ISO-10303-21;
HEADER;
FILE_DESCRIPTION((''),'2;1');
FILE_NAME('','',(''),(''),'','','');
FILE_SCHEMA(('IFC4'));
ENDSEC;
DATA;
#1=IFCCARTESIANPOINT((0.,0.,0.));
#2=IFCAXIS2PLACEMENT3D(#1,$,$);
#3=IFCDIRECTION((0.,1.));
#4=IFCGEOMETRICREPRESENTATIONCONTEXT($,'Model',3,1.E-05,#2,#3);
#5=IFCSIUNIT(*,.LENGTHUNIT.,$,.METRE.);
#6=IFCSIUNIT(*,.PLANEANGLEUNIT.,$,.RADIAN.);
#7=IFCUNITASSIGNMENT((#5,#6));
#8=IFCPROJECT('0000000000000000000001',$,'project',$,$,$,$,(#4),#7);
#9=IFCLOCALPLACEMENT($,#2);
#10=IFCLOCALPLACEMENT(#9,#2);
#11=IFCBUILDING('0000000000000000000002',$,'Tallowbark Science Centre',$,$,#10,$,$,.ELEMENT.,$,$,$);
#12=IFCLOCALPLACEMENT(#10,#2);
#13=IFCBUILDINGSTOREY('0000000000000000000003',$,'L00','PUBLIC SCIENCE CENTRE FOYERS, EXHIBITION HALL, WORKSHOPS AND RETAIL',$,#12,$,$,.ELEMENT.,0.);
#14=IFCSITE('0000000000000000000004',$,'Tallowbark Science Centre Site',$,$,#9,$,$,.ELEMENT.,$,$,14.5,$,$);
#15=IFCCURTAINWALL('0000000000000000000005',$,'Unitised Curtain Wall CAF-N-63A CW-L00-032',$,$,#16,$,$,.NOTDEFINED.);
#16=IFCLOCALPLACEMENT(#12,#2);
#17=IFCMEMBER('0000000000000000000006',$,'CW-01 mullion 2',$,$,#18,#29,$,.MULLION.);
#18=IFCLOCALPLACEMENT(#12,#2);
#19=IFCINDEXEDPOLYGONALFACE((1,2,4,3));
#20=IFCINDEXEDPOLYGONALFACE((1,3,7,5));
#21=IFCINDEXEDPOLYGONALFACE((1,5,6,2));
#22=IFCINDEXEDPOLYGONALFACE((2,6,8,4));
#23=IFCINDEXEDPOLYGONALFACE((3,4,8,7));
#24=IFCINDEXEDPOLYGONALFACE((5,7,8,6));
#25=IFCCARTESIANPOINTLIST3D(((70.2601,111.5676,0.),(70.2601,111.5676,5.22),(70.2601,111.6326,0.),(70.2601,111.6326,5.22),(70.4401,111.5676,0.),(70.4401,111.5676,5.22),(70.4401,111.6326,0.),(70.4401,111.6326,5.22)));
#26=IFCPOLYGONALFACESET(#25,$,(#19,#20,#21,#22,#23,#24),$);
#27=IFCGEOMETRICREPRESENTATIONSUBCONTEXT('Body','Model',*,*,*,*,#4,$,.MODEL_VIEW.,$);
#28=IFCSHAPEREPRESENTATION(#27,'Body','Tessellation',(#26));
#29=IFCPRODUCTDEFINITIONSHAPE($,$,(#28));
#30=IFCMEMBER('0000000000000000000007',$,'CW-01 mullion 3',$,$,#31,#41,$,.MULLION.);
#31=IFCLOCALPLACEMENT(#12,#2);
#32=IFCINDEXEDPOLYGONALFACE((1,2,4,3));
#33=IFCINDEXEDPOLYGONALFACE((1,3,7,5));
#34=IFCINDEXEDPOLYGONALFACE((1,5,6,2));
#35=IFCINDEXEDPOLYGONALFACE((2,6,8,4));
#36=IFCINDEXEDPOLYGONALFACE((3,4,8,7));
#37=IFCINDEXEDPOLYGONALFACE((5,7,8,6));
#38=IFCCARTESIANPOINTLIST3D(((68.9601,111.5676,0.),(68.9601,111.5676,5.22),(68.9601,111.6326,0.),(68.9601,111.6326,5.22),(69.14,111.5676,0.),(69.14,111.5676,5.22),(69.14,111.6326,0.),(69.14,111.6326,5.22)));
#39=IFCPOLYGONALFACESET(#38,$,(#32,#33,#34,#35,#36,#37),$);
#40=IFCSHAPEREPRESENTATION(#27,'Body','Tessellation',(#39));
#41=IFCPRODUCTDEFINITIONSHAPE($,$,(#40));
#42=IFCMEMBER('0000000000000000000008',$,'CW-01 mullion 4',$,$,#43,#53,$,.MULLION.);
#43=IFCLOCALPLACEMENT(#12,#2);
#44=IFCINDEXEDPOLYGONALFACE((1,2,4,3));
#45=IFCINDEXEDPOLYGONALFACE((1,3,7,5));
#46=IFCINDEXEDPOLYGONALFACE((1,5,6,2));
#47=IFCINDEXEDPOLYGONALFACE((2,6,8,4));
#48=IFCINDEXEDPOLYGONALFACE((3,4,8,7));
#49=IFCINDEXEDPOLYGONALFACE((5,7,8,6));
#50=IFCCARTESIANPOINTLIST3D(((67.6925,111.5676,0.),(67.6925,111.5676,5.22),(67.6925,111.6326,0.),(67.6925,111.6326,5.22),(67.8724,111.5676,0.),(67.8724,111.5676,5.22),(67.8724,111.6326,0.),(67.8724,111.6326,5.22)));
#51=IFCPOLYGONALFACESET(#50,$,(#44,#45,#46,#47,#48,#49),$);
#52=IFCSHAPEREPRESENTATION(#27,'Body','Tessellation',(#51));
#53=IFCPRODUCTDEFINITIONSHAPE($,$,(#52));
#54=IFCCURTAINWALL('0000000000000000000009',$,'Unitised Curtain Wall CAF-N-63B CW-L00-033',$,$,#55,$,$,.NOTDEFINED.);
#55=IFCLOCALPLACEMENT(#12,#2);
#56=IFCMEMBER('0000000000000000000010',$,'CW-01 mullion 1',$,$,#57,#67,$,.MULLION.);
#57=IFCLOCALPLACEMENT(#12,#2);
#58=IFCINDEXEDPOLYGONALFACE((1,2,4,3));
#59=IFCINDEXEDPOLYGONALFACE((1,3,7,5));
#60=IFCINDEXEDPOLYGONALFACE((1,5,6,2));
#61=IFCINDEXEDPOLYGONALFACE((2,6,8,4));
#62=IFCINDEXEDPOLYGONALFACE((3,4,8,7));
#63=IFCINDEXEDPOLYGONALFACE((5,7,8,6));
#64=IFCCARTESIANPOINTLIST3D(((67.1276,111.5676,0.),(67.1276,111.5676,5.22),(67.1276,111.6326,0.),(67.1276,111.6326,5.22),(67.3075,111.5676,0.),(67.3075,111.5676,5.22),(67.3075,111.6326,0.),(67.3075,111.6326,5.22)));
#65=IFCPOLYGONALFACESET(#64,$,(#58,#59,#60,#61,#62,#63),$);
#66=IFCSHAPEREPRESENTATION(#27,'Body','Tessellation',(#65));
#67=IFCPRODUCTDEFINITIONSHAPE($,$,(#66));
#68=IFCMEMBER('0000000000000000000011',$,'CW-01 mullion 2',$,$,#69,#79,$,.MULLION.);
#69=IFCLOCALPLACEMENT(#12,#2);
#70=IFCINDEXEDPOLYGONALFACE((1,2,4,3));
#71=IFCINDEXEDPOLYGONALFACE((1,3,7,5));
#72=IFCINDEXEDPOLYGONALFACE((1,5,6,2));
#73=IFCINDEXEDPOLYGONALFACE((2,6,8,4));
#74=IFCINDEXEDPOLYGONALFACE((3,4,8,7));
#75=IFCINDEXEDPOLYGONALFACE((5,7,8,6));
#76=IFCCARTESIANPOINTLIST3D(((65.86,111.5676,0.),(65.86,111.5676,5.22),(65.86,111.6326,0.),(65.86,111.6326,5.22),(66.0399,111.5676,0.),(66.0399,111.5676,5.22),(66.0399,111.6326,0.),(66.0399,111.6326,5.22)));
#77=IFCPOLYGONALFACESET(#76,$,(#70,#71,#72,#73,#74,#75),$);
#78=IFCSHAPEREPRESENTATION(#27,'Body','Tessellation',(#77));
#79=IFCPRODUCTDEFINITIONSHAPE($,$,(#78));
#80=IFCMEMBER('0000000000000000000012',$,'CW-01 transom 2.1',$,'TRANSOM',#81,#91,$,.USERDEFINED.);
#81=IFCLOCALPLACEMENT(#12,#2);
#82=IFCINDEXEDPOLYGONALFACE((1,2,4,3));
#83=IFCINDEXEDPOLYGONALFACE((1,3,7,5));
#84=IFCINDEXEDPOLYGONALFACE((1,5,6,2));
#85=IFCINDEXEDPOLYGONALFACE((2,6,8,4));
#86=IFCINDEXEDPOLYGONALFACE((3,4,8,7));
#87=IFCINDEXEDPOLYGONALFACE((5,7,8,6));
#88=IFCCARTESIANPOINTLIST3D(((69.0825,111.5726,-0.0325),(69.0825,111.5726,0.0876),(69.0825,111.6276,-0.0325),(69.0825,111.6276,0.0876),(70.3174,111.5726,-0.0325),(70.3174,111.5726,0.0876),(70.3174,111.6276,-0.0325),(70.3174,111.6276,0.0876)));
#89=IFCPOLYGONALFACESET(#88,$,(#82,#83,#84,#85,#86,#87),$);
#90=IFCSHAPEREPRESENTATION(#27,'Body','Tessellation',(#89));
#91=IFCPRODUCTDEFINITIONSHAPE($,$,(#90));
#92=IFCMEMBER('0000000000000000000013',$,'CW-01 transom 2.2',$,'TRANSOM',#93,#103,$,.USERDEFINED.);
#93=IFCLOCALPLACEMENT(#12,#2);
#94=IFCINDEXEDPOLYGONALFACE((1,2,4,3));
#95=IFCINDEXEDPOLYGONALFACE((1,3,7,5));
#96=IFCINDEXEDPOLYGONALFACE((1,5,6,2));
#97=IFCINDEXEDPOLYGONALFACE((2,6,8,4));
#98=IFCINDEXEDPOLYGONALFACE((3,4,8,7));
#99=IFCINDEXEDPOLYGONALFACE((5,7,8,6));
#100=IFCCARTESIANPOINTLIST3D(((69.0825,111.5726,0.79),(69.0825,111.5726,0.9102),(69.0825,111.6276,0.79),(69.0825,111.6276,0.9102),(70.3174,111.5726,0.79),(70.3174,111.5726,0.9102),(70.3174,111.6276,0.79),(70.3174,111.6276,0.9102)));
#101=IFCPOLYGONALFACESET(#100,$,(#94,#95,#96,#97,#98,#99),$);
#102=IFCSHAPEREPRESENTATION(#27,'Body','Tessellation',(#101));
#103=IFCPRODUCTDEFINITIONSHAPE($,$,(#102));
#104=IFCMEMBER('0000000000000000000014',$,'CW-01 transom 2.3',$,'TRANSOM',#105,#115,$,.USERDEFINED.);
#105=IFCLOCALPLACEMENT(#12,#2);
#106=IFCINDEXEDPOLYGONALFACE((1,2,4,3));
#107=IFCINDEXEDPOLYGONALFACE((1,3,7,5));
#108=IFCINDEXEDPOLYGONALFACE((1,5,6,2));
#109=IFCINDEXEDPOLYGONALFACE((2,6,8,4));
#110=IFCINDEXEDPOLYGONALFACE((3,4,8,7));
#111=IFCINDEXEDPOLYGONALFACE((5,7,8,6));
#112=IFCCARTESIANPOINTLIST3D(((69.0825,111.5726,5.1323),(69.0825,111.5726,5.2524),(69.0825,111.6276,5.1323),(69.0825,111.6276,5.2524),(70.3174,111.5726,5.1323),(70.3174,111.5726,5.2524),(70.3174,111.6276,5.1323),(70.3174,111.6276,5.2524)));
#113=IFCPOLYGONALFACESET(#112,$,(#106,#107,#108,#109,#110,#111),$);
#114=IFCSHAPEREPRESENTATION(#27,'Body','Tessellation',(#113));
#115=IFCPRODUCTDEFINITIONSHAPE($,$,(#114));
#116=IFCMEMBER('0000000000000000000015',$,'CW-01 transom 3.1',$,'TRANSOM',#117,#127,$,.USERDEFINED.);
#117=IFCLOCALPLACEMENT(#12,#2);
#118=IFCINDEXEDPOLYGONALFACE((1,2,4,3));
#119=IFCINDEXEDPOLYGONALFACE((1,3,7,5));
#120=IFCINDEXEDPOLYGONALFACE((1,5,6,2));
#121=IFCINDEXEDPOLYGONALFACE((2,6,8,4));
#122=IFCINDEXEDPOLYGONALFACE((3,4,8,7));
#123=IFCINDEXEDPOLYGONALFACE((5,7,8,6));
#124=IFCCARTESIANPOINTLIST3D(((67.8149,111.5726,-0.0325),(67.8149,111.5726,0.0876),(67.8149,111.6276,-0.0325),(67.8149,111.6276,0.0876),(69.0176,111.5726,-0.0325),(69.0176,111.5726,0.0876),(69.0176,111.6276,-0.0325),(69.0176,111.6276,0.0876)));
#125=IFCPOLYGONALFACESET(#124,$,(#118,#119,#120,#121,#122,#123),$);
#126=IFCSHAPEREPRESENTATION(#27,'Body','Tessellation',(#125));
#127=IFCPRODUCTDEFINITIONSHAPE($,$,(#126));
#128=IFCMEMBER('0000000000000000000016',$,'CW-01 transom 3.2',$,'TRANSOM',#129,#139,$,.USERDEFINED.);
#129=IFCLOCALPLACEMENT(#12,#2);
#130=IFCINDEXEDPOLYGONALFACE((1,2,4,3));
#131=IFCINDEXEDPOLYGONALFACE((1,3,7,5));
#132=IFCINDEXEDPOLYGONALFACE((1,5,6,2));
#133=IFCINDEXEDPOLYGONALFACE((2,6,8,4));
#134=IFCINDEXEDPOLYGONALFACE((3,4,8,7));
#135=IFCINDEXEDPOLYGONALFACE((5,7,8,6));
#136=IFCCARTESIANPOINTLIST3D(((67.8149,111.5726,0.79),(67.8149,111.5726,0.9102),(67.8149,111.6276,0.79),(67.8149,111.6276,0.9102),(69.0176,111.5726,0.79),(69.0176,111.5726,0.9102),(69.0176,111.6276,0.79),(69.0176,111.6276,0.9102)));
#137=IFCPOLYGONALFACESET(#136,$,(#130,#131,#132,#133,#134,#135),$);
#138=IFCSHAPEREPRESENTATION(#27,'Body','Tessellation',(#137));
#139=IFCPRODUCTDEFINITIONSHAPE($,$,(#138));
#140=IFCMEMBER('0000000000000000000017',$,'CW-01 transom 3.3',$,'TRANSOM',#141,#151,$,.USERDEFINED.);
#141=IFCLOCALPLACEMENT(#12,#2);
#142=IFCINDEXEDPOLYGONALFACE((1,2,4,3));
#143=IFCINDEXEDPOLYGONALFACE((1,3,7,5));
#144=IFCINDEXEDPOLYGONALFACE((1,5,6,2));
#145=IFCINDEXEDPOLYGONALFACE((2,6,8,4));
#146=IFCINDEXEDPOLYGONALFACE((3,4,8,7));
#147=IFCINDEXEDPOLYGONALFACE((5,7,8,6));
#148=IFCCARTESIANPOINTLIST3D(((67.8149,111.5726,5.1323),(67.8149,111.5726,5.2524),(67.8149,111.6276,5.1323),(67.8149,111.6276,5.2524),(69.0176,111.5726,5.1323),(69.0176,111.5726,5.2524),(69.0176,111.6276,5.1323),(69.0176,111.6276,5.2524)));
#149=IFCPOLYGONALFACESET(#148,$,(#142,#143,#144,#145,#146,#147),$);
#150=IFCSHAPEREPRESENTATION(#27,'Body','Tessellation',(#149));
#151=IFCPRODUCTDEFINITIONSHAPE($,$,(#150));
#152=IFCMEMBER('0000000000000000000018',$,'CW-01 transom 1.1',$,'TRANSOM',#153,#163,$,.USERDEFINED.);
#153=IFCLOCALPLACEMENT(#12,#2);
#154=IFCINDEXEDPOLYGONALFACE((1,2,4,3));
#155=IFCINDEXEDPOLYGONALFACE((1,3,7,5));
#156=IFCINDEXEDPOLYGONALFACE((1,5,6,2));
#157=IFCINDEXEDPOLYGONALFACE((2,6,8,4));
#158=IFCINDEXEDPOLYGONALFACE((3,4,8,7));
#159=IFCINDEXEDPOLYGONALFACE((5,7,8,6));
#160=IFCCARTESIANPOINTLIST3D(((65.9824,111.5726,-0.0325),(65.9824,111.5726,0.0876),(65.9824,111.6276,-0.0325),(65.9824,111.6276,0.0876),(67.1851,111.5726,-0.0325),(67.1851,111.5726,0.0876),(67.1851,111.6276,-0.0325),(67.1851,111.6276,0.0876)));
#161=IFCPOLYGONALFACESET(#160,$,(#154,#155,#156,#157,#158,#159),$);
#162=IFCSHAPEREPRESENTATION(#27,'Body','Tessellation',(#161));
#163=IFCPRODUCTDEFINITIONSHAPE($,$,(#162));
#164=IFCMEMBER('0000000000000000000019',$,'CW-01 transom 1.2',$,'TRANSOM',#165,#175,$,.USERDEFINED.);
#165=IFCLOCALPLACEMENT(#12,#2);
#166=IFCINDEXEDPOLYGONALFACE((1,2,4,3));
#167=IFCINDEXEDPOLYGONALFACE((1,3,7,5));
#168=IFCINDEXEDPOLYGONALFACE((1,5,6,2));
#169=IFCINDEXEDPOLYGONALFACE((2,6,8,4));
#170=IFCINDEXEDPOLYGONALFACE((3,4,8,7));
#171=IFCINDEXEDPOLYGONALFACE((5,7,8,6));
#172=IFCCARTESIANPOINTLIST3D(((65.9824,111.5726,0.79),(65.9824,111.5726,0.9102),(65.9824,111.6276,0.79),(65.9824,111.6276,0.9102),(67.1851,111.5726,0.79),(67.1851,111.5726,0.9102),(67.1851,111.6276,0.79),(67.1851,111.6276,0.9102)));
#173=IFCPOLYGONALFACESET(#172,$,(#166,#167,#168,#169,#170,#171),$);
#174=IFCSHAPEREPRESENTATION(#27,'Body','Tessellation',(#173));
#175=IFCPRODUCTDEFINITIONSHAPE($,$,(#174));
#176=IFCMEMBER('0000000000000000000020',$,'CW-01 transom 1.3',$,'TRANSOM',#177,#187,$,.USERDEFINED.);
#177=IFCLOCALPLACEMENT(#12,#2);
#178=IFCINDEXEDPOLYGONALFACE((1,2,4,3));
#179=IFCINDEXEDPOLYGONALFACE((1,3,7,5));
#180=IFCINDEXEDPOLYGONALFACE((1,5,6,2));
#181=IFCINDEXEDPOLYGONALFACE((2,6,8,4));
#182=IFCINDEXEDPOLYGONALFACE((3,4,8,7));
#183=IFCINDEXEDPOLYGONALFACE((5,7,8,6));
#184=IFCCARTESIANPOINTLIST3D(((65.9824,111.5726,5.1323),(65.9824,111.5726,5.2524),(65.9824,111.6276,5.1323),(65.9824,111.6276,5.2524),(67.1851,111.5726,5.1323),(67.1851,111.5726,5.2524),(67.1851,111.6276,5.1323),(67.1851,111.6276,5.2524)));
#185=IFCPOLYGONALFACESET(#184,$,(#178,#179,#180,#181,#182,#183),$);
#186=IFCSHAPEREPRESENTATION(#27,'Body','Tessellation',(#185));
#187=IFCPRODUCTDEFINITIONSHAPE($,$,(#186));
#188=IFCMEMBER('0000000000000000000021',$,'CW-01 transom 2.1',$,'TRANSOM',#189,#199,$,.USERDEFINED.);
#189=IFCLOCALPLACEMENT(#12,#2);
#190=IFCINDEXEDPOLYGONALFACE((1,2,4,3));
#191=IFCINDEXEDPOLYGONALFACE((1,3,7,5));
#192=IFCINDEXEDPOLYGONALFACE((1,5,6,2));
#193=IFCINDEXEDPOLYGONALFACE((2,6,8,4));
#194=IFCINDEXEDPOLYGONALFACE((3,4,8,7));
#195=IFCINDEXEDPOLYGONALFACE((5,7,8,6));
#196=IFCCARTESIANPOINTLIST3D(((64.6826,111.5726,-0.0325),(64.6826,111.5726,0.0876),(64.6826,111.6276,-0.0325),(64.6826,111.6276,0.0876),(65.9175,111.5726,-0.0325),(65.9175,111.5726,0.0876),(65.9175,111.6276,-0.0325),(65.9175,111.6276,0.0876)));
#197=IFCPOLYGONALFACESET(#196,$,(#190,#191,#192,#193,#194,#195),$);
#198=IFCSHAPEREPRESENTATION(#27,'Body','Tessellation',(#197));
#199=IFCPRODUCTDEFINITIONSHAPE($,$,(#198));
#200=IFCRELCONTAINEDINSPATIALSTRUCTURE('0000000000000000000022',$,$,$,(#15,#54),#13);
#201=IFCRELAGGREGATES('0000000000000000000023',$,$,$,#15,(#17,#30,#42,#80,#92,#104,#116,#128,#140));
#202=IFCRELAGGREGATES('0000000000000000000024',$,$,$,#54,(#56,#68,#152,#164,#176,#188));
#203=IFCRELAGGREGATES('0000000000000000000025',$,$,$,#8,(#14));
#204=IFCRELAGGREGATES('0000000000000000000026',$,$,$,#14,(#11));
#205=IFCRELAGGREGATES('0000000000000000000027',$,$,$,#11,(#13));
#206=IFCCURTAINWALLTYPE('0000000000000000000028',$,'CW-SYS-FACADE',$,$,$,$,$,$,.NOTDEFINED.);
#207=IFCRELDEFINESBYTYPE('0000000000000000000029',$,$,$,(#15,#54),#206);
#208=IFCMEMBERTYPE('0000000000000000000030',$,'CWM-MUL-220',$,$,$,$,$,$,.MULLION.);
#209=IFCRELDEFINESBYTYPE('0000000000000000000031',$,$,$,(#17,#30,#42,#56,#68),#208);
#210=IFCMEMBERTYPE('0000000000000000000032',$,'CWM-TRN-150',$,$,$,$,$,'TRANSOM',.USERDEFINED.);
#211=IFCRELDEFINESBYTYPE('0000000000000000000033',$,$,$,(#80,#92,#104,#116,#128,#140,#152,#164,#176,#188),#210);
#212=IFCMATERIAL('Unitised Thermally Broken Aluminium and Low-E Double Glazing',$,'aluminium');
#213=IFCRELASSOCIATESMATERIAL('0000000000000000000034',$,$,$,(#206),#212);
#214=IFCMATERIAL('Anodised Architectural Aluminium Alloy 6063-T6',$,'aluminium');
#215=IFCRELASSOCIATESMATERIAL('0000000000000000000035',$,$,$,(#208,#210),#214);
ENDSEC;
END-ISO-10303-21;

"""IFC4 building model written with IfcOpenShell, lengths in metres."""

from ifc_helpers import new_model, si_unit, direction, frame, origin, origin_2d, place, context, subcontext, project, spatial, rectangle, extrude, material, material_profile, profile_set, type_object, element, aggregate, save


model = new_model("IFC4")

# Units and contexts
model_context = context("Model", 3, precision=1e-05, world=origin(), true_north=direction((0.0, 1.0)))
body_context = subcontext(model_context, "Body", "Model", "MODEL_VIEW")
ifc_project = project(units=[si_unit("LENGTHUNIT", "METRE"), si_unit("PLANEANGLEUNIT", "RADIAN")], contexts=[model_context])

# Site, building, storey
site_placement = place(None, origin())
site = spatial("IfcSite", under=ifc_project, at=site_placement, Name="Tallowbark Science Centre Site", CompositionType="ELEMENT", RefElevation=14.5)
building_placement = place(site_placement, origin())
building = spatial("IfcBuilding", under=site, at=building_placement, Name="Tallowbark Science Centre", CompositionType="ELEMENT")
storey_placement = place(building_placement, origin())
storey = spatial("IfcBuildingStorey", under=building, at=storey_placement, Name="L00", Description="PUBLIC SCIENCE CENTRE FOYERS, EXHIBITION HALL, WORKSHOPS AND RETAIL", CompositionType="ELEMENT", Elevation=0.0)

# Curtain walls, members
ifc_material_1 = material(Name="Unitised Thermally Broken Aluminium and Low-E Double Glazing", Category="aluminium")
curtain_wall_type = type_object("IfcCurtainWallType", Name="CW-SYS-FACADE", PredefinedType="NOTDEFINED", material=ifc_material_1)
curtain_wall_1_placement = place(storey_placement, origin())
curtain_wall_1 = element("IfcCurtainWall", 1, at=curtain_wall_1_placement, inside=storey, type_object=curtain_wall_type, Name="Unitised Curtain Wall CAF-N-63A CW-L00-032", PredefinedType="NOTDEFINED")
ifc_material_2 = material(Name="Anodised Architectural Aluminium Alloy 6063-T6", Category="aluminium")
ifc_material_profile_1 = material_profile(ifc_material_2, rectangle(XDim=0.0649, YDim=0.1799, at=origin_2d()), Name="ALU65x180")
ifc_profile_set_1 = profile_set([ifc_material_profile_1], Name="Anodised Architectural Aluminium Alloy 6063-T6")
member_type_1 = type_object("IfcMemberType", Name="CWM-MUL-220", PredefinedType="MULLION", material=ifc_profile_set_1)
member_1_placement = place(storey_placement, frame((70.3501, 111.6001, 0.0), z_axis=(0.0, 0.0, 1.0), x_axis=(0.0, -1.0, 0.0)))
member_1 = element("IfcMember", 2, at=member_1_placement, type_object=member_type_1, Name="CW-01 mullion 2", PredefinedType="MULLION", context=body_context, shape_type="SweptSolid", body=[
    extrude(rectangle(XDim=0.0649, YDim=0.1799, at=origin_2d()), origin(), (0.0, 0.0, 1.0), 5.22),
])
member_2_placement = place(storey_placement, frame((69.05, 111.6001, 0.0), z_axis=(0.0, 0.0, 1.0), x_axis=(0.0, -1.0, 0.0)))
member_2 = element("IfcMember", 3, at=member_2_placement, type_object=member_type_1, Name="CW-01 mullion 3", PredefinedType="MULLION", context=body_context, shape_type="SweptSolid", body=[
    extrude(rectangle(XDim=0.0649, YDim=0.1799, at=origin_2d()), origin(), (0.0, 0.0, 1.0), 5.22),
])
member_3_placement = place(storey_placement, frame((67.7825, 111.6001, 0.0), z_axis=(0.0, 0.0, 1.0), x_axis=(0.0, -1.0, 0.0)))
member_3 = element("IfcMember", 4, at=member_3_placement, type_object=member_type_1, Name="CW-01 mullion 4", PredefinedType="MULLION", context=body_context, shape_type="SweptSolid", body=[
    extrude(rectangle(XDim=0.0649, YDim=0.1799, at=origin_2d()), origin(), (0.0, 0.0, 1.0), 5.22),
])
curtain_wall_2_placement = place(storey_placement, origin())
curtain_wall_2 = element("IfcCurtainWall", 5, at=curtain_wall_2_placement, inside=storey, type_object=curtain_wall_type, Name="Unitised Curtain Wall CAF-N-63B CW-L00-033", PredefinedType="NOTDEFINED")
member_4_placement = place(storey_placement, frame((67.2175, 111.6001, 0.0), z_axis=(0.0, 0.0, 1.0), x_axis=(0.0, -1.0, 0.0)))
member_4 = element("IfcMember", 6, at=member_4_placement, type_object=member_type_1, Name="CW-01 mullion 1", PredefinedType="MULLION", context=body_context, shape_type="SweptSolid", body=[
    extrude(rectangle(XDim=0.0649, YDim=0.1799, at=origin_2d()), origin(), (0.0, 0.0, 1.0), 5.22),
])
member_5_placement = place(storey_placement, frame((65.95, 111.6001, 0.0), z_axis=(0.0, 0.0, 1.0), x_axis=(0.0, -1.0, 0.0)))
member_5 = element("IfcMember", 7, at=member_5_placement, type_object=member_type_1, Name="CW-01 mullion 2", PredefinedType="MULLION", context=body_context, shape_type="SweptSolid", body=[
    extrude(rectangle(XDim=0.0649, YDim=0.1799, at=origin_2d()), origin(), (0.0, 0.0, 1.0), 5.22),
])

# Members
ifc_material_profile_2 = material_profile(ifc_material_2, rectangle(XDim=0.0549, YDim=0.1201, at=origin_2d()), Name="ALU55x120")
ifc_profile_set_2 = profile_set([ifc_material_profile_2], Name="Anodised Architectural Aluminium Alloy 6063-T6")
member_type_2 = type_object("IfcMemberType", Name="CWM-TRN-150", ElementType="TRANSOM", PredefinedType="USERDEFINED", material=ifc_profile_set_2)
member_6_placement = place(storey_placement, frame((70.3174, 111.6001, 0.0276), z_axis=(-1.0, 0.0, 0.0), x_axis=(0.0, -1.0, 0.0)))
member_6 = element("IfcMember", 8, at=member_6_placement, type_object=member_type_2, Name="CW-01 transom 2.1", ObjectType="TRANSOM", PredefinedType="USERDEFINED", context=body_context, shape_type="SweptSolid", body=[
    extrude(rectangle(XDim=0.0549, YDim=0.1201, at=origin_2d()), origin(), (0.0, 0.0, 1.0), 1.2349),
])
member_7_placement = place(storey_placement, frame((70.3174, 111.6001, 0.8501), z_axis=(-1.0, 0.0, 0.0), x_axis=(0.0, -1.0, 0.0)))
member_7 = element("IfcMember", 9, at=member_7_placement, type_object=member_type_2, Name="CW-01 transom 2.2", ObjectType="TRANSOM", PredefinedType="USERDEFINED", context=body_context, shape_type="SweptSolid", body=[
    extrude(rectangle(XDim=0.0549, YDim=0.1201, at=origin_2d()), origin(), (0.0, 0.0, 1.0), 1.2349),
])
member_8_placement = place(storey_placement, frame((70.3174, 111.6001, 5.1924), z_axis=(-1.0, 0.0, 0.0), x_axis=(0.0, -1.0, 0.0)))
member_8 = element("IfcMember", 10, at=member_8_placement, type_object=member_type_2, Name="CW-01 transom 2.3", ObjectType="TRANSOM", PredefinedType="USERDEFINED", context=body_context, shape_type="SweptSolid", body=[
    extrude(rectangle(XDim=0.0549, YDim=0.1201, at=origin_2d()), origin(), (0.0, 0.0, 1.0), 1.2349),
])
member_9_placement = place(storey_placement, frame((69.0176, 111.6001, 0.0276), z_axis=(-1.0, 0.0, 0.0), x_axis=(0.0, -1.0, 0.0)))
member_9 = element("IfcMember", 11, at=member_9_placement, type_object=member_type_2, Name="CW-01 transom 3.1", ObjectType="TRANSOM", PredefinedType="USERDEFINED", context=body_context, shape_type="SweptSolid", body=[
    extrude(rectangle(XDim=0.0549, YDim=0.1201, at=origin_2d()), origin(), (0.0, 0.0, 1.0), 1.2026),
])
member_10_placement = place(storey_placement, frame((69.0176, 111.6001, 0.8501), z_axis=(-1.0, 0.0, 0.0), x_axis=(0.0, -1.0, 0.0)))
member_10 = element("IfcMember", 12, at=member_10_placement, type_object=member_type_2, Name="CW-01 transom 3.2", ObjectType="TRANSOM", PredefinedType="USERDEFINED", context=body_context, shape_type="SweptSolid", body=[
    extrude(rectangle(XDim=0.0549, YDim=0.1201, at=origin_2d()), origin(), (0.0, 0.0, 1.0), 1.2026),
])
member_11_placement = place(storey_placement, frame((69.0176, 111.6001, 5.1924), z_axis=(-1.0, 0.0, 0.0), x_axis=(0.0, -1.0, 0.0)))
member_11 = element("IfcMember", 13, at=member_11_placement, type_object=member_type_2, Name="CW-01 transom 3.3", ObjectType="TRANSOM", PredefinedType="USERDEFINED", context=body_context, shape_type="SweptSolid", body=[
    extrude(rectangle(XDim=0.0549, YDim=0.1201, at=origin_2d()), origin(), (0.0, 0.0, 1.0), 1.2026),
])
member_12_placement = place(storey_placement, frame((67.1851, 111.6001, 0.0276), z_axis=(-1.0, 0.0, 0.0), x_axis=(0.0, -1.0, 0.0)))
member_12 = element("IfcMember", 14, at=member_12_placement, type_object=member_type_2, Name="CW-01 transom 1.1", ObjectType="TRANSOM", PredefinedType="USERDEFINED", context=body_context, shape_type="SweptSolid", body=[
    extrude(rectangle(XDim=0.0549, YDim=0.1201, at=origin_2d()), origin(), (0.0, 0.0, 1.0), 1.2026),
])
member_13_placement = place(storey_placement, frame((67.1851, 111.6001, 0.8501), z_axis=(-1.0, 0.0, 0.0), x_axis=(0.0, -1.0, 0.0)))
member_13 = element("IfcMember", 15, at=member_13_placement, type_object=member_type_2, Name="CW-01 transom 1.2", ObjectType="TRANSOM", PredefinedType="USERDEFINED", context=body_context, shape_type="SweptSolid", body=[
    extrude(rectangle(XDim=0.0549, YDim=0.1201, at=origin_2d()), origin(), (0.0, 0.0, 1.0), 1.2026),
])
member_14_placement = place(storey_placement, frame((67.1851, 111.6001, 5.1924), z_axis=(-1.0, 0.0, 0.0), x_axis=(0.0, -1.0, 0.0)))
member_14 = element("IfcMember", 16, at=member_14_placement, type_object=member_type_2, Name="CW-01 transom 1.3", ObjectType="TRANSOM", PredefinedType="USERDEFINED", context=body_context, shape_type="SweptSolid", body=[
    extrude(rectangle(XDim=0.0549, YDim=0.1201, at=origin_2d()), origin(), (0.0, 0.0, 1.0), 1.2026),
])
member_15_placement = place(storey_placement, frame((65.9175, 111.6001, 0.0276), z_axis=(-1.0, 0.0, 0.0), x_axis=(0.0, -1.0, 0.0)))
member_15 = element("IfcMember", 17, at=member_15_placement, type_object=member_type_2, Name="CW-01 transom 2.1", ObjectType="TRANSOM", PredefinedType="USERDEFINED", context=body_context, shape_type="SweptSolid", body=[
    extrude(rectangle(XDim=0.0549, YDim=0.1201, at=origin_2d()), origin(), (0.0, 0.0, 1.0), 1.2349),
])

aggregate(curtain_wall_1, [member_1, member_2, member_3, member_6, member_7, member_8, member_9, member_10, member_11])
aggregate(curtain_wall_2, [member_4, member_5, member_12, member_13, member_14, member_15])

save(model, "model.ifc")
